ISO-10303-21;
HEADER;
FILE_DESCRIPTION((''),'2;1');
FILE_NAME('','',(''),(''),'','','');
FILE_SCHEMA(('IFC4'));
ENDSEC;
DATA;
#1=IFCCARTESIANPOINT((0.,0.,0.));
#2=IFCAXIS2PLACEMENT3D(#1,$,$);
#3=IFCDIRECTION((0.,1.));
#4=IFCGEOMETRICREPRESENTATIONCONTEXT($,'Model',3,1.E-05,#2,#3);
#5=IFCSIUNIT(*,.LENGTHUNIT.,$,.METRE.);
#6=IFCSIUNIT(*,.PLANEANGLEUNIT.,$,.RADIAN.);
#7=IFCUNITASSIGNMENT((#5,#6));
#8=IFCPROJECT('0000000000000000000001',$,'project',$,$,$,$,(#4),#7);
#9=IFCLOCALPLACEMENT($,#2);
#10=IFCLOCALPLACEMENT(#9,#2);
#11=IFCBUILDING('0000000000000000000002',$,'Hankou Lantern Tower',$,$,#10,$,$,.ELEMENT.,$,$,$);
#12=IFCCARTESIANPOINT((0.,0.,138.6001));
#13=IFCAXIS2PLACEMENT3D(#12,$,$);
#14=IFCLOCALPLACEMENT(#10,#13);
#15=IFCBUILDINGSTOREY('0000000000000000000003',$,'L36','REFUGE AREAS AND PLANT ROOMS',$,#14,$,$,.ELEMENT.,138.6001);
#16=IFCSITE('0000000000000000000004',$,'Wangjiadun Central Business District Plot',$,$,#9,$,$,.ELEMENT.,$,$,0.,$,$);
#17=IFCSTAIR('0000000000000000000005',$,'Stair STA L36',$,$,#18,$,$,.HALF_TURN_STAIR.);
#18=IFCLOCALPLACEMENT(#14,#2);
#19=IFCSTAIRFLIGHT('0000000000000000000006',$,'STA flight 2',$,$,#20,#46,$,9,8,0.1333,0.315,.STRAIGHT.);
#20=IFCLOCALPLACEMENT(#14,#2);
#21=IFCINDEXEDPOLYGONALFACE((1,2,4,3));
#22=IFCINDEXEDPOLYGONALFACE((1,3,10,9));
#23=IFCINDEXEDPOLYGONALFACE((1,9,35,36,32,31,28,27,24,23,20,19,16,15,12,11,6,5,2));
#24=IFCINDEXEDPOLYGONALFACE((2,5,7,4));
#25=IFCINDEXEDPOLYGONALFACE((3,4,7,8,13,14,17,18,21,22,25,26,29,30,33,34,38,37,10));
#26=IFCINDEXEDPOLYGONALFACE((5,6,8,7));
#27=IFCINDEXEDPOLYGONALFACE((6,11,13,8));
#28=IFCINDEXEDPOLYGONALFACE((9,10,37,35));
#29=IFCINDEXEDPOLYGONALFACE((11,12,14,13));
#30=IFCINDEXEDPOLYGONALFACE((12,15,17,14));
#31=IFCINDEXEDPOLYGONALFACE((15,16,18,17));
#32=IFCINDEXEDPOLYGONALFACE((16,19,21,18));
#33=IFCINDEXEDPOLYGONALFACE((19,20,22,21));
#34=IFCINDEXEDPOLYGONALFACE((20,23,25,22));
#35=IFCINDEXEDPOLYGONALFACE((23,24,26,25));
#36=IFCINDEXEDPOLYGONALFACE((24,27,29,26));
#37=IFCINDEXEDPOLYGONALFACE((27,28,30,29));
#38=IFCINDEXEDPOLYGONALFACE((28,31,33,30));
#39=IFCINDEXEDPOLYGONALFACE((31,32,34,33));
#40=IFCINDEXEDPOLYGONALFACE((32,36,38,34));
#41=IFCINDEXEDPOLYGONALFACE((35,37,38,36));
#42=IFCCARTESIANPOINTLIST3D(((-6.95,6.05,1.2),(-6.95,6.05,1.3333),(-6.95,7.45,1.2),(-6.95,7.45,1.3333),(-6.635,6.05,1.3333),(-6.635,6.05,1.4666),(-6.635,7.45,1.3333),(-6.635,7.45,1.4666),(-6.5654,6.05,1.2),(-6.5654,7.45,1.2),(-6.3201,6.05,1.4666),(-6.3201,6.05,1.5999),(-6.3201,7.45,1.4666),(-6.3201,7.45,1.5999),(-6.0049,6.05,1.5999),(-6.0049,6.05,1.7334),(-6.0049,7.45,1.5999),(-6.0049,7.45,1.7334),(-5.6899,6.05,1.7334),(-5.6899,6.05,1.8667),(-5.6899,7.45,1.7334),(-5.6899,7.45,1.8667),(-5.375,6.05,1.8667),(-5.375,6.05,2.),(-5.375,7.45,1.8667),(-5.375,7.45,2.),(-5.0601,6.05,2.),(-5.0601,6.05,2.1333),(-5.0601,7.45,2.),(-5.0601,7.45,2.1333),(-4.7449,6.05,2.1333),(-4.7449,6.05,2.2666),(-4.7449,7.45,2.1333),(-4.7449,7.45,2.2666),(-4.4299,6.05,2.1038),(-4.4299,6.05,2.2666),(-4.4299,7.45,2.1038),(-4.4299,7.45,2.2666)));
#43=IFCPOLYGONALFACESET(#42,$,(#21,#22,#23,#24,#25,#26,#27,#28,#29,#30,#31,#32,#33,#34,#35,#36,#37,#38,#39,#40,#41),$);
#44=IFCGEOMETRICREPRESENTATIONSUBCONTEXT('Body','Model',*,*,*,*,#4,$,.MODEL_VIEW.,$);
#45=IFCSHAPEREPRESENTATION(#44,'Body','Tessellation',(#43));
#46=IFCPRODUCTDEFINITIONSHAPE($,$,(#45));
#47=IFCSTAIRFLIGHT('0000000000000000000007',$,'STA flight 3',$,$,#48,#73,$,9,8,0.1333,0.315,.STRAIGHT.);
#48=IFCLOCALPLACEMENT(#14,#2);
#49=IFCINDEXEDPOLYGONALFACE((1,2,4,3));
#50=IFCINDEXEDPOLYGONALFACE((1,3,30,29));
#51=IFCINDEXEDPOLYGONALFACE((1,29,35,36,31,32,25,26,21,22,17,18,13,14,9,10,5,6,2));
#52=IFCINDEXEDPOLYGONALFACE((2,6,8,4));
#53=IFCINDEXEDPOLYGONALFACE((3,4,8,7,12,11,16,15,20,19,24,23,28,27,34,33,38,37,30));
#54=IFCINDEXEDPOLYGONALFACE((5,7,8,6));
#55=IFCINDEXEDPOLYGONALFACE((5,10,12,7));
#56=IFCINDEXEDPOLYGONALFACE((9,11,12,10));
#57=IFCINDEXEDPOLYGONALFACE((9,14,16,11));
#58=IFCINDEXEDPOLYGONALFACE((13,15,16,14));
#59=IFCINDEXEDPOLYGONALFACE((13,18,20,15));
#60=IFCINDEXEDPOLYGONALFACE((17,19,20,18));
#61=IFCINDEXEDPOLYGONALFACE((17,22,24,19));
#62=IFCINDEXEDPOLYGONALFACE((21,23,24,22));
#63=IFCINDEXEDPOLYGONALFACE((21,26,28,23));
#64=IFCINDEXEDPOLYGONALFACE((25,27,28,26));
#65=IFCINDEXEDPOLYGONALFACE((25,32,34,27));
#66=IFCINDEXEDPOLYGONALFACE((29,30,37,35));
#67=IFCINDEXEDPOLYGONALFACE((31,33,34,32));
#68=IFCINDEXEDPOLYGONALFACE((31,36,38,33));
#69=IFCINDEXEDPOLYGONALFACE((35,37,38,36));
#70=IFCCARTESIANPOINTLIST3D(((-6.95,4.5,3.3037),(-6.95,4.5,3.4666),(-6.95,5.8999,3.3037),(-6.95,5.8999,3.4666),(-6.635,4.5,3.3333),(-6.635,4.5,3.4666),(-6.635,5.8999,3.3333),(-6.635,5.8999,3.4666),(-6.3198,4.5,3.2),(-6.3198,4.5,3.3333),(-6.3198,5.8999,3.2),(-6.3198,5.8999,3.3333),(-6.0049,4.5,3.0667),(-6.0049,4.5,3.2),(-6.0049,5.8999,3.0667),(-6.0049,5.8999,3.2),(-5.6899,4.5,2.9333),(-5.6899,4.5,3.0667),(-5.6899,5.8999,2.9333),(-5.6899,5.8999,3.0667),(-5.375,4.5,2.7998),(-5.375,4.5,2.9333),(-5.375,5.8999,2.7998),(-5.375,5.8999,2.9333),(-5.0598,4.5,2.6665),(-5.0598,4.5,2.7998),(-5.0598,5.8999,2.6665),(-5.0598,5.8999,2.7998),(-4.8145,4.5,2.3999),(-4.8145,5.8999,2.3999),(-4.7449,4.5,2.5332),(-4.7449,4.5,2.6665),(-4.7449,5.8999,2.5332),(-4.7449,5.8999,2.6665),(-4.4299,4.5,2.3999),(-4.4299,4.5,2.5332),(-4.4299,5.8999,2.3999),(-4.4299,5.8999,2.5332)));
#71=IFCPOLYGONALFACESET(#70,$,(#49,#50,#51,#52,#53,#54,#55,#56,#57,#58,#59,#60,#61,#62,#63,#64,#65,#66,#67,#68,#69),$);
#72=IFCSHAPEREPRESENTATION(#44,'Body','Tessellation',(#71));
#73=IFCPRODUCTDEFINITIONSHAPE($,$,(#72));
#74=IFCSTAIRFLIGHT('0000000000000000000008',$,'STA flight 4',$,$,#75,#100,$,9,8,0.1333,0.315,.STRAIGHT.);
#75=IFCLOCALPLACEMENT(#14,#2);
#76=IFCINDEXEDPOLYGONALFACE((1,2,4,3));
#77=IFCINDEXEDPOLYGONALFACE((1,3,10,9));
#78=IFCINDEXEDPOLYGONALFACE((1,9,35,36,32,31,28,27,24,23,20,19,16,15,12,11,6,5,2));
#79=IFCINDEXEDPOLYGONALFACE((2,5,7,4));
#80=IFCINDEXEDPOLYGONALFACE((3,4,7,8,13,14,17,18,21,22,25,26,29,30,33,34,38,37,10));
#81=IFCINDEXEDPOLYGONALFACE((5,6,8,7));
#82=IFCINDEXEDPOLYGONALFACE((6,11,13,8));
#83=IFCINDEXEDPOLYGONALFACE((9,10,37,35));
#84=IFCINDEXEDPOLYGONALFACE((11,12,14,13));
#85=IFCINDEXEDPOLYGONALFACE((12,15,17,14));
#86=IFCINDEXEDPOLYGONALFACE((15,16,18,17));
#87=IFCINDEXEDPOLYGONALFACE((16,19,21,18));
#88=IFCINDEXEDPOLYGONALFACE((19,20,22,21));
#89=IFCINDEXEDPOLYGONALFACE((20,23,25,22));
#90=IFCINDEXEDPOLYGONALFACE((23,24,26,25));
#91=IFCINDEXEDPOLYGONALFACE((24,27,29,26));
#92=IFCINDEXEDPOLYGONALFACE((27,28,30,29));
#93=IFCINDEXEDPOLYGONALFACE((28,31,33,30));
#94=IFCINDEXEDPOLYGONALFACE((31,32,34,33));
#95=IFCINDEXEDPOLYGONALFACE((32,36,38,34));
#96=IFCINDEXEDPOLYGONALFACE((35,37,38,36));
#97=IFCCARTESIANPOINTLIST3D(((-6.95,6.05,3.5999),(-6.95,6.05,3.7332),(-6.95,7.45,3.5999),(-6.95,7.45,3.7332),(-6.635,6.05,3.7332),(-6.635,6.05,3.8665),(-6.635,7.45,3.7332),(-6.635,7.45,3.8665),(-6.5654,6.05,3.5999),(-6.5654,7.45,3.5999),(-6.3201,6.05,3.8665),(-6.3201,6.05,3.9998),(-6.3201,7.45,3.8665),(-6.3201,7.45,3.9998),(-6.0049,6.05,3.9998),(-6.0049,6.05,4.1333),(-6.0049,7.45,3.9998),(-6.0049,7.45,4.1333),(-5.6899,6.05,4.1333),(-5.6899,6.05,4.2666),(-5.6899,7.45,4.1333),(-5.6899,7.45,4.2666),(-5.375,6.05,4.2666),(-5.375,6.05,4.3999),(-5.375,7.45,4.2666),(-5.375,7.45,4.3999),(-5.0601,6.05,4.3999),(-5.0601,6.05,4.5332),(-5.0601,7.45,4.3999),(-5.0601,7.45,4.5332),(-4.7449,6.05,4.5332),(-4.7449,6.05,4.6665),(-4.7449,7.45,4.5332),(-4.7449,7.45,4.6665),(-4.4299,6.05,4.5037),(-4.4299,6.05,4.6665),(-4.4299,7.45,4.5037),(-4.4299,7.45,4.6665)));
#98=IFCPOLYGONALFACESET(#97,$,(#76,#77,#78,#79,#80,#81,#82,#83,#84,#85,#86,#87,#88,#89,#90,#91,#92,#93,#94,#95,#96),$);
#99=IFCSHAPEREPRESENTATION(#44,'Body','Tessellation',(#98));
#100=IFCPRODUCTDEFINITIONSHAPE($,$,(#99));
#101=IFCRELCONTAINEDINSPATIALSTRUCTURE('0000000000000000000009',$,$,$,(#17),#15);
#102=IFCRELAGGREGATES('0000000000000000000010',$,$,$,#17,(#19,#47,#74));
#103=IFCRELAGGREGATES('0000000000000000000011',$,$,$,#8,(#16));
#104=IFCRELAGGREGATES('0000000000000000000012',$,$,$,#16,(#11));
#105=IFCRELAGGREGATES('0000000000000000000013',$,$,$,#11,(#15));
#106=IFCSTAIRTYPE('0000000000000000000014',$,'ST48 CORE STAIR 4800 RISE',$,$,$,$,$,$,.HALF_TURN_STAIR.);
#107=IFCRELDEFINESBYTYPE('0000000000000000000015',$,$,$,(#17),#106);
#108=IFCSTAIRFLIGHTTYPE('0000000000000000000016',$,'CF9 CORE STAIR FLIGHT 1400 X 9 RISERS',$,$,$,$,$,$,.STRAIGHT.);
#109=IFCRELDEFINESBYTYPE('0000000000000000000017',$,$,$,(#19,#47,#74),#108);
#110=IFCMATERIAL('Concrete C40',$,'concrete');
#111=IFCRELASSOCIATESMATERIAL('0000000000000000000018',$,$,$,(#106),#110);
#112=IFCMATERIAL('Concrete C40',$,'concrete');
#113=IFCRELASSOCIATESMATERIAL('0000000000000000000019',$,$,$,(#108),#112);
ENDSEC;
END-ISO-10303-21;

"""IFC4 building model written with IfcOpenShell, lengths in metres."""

from ifc_helpers import new_model, si_unit, direction, frame, origin, place, context, subcontext, project, spatial, polyline, outline, extrude, material, type_object, element, aggregate, save


model = new_model("IFC4")

# Units and contexts
model_context = context("Model", 3, precision=1e-05, world=origin(), true_north=direction((0.0, 1.0)))
body_context = subcontext(model_context, "Body", "Model", "MODEL_VIEW")
ifc_project = project(units=[si_unit("LENGTHUNIT", "METRE"), si_unit("PLANEANGLEUNIT", "RADIAN")], contexts=[model_context])

# Site, building, storey
site_placement = place(None, origin())
site = spatial("IfcSite", under=ifc_project, at=site_placement, Name="Wangjiadun Central Business District Plot", CompositionType="ELEMENT", RefElevation=0.0)
building_placement = place(site_placement, origin())
building = spatial("IfcBuilding", under=site, at=building_placement, Name="Hankou Lantern Tower", CompositionType="ELEMENT")
storey_placement = place(building_placement, frame((0.0, 0.0, 138.6001)))
storey = spatial("IfcBuildingStorey", under=building, at=storey_placement, Name="L36", Description="REFUGE AREAS AND PLANT ROOMS", CompositionType="ELEMENT", Elevation=138.6001)

# Stair, stair flights
ifc_material_1 = material(Name="Concrete C40", Category="concrete")
stair_type = type_object("IfcStairType", Name="ST48 CORE STAIR 4800 RISE", PredefinedType="HALF_TURN_STAIR", material=ifc_material_1)
stair_placement = place(storey_placement, origin())
stair = element("IfcStair", 1, at=stair_placement, inside=storey, type_object=stair_type, Name="Stair STA L36", PredefinedType="HALF_TURN_STAIR")
ifc_material_2 = material(Name="Concrete C40", Category="concrete")
stair_flight_type = type_object("IfcStairFlightType", Name="CF9 CORE STAIR FLIGHT 1400 X 9 RISERS", PredefinedType="STRAIGHT", material=ifc_material_2)
stair_flight_1_placement = place(storey_placement, frame((-6.95, 6.75, 1.2), z_axis=(0.0, 0.0, 1.0), x_axis=(1.0, 0.0, 0.0)))
stair_flight_1 = element("IfcStairFlight", 2, at=stair_flight_1_placement, type_object=stair_flight_type, Name="STA flight 2", NumberOfRisers=9, NumberOfTreads=8, PredefinedType="STRAIGHT", RiserHeight=0.1333, TreadLength=0.315, context=body_context, shape_type="SweptSolid", body=[
    extrude(outline(polyline([(0.0, 0.0), (0.0, 0.1333), (0.3149, 0.1333), (0.3149, 0.2666), (0.6299, 0.2666), (0.6299, 0.3999), (0.9451, 0.3999), (0.9451, 0.5334), (1.26, 0.5334), (1.26, 0.6667), (1.575, 0.6667), (1.575, 0.8), (1.8899, 0.8), (1.8899, 0.9333), (2.2051, 0.9333), (2.2051, 1.0667), (2.52, 1.0667), (2.52, 1.2), (2.52, 0.9038), (0.3845, 0.0), (0.0, 0.0)])), frame((0.0, 0.7, 0.0), z_axis=(0.0, -1.0, 0.0), x_axis=(1.0, 0.0, 0.0)), (0.0, 0.0, 1.0), 1.3999),
])
stair_flight_2_placement = place(storey_placement, frame((-4.4299, 5.2, 2.3999), z_axis=(0.0, 0.0, 1.0), x_axis=(-1.0, 0.0, 0.0)))
stair_flight_2 = element("IfcStairFlight", 3, at=stair_flight_2_placement, type_object=stair_flight_type, Name="STA flight 3", NumberOfRisers=9, NumberOfTreads=8, PredefinedType="STRAIGHT", RiserHeight=0.1333, TreadLength=0.315, context=body_context, shape_type="SweptSolid", body=[
    extrude(outline(polyline([(0.0, 0.0), (0.0, 0.1333), (0.3149, 0.1333), (0.3149, 0.2666), (0.6299, 0.2666), (0.6299, 0.3999), (0.9451, 0.3999), (0.9451, 0.5334), (1.26, 0.5334), (1.26, 0.6667), (1.575, 0.6667), (1.575, 0.8), (1.8899, 0.8), (1.8899, 0.9333), (2.2051, 0.9333), (2.2051, 1.0667), (2.52, 1.0667), (2.52, 1.2), (2.52, 0.9038), (0.3845, 0.0), (0.0, 0.0)])), frame((0.0, 0.7, 0.0), z_axis=(0.0, -1.0, 0.0), x_axis=(1.0, 0.0, 0.0)), (0.0, 0.0, 1.0), 1.3999),
])
stair_flight_3_placement = place(storey_placement, frame((-6.95, 6.75, 3.5999), z_axis=(0.0, 0.0, 1.0), x_axis=(1.0, 0.0, 0.0)))
stair_flight_3 = element("IfcStairFlight", 4, at=stair_flight_3_placement, type_object=stair_flight_type, Name="STA flight 4", NumberOfRisers=9, NumberOfTreads=8, PredefinedType="STRAIGHT", RiserHeight=0.1333, TreadLength=0.315, context=body_context, shape_type="SweptSolid", body=[
    extrude(outline(polyline([(0.0, 0.0), (0.0, 0.1333), (0.3149, 0.1333), (0.3149, 0.2666), (0.6299, 0.2666), (0.6299, 0.3999), (0.9451, 0.3999), (0.9451, 0.5334), (1.26, 0.5334), (1.26, 0.6667), (1.575, 0.6667), (1.575, 0.8), (1.8899, 0.8), (1.8899, 0.9333), (2.2051, 0.9333), (2.2051, 1.0667), (2.52, 1.0667), (2.52, 1.2), (2.52, 0.9038), (0.3845, 0.0), (0.0, 0.0)])), frame((0.0, 0.7, 0.0), z_axis=(0.0, -1.0, 0.0), x_axis=(1.0, 0.0, 0.0)), (0.0, 0.0, 1.0), 1.3999),
])
aggregate(stair, [stair_flight_1, stair_flight_2, stair_flight_3])

save(model, "model.ifc")
